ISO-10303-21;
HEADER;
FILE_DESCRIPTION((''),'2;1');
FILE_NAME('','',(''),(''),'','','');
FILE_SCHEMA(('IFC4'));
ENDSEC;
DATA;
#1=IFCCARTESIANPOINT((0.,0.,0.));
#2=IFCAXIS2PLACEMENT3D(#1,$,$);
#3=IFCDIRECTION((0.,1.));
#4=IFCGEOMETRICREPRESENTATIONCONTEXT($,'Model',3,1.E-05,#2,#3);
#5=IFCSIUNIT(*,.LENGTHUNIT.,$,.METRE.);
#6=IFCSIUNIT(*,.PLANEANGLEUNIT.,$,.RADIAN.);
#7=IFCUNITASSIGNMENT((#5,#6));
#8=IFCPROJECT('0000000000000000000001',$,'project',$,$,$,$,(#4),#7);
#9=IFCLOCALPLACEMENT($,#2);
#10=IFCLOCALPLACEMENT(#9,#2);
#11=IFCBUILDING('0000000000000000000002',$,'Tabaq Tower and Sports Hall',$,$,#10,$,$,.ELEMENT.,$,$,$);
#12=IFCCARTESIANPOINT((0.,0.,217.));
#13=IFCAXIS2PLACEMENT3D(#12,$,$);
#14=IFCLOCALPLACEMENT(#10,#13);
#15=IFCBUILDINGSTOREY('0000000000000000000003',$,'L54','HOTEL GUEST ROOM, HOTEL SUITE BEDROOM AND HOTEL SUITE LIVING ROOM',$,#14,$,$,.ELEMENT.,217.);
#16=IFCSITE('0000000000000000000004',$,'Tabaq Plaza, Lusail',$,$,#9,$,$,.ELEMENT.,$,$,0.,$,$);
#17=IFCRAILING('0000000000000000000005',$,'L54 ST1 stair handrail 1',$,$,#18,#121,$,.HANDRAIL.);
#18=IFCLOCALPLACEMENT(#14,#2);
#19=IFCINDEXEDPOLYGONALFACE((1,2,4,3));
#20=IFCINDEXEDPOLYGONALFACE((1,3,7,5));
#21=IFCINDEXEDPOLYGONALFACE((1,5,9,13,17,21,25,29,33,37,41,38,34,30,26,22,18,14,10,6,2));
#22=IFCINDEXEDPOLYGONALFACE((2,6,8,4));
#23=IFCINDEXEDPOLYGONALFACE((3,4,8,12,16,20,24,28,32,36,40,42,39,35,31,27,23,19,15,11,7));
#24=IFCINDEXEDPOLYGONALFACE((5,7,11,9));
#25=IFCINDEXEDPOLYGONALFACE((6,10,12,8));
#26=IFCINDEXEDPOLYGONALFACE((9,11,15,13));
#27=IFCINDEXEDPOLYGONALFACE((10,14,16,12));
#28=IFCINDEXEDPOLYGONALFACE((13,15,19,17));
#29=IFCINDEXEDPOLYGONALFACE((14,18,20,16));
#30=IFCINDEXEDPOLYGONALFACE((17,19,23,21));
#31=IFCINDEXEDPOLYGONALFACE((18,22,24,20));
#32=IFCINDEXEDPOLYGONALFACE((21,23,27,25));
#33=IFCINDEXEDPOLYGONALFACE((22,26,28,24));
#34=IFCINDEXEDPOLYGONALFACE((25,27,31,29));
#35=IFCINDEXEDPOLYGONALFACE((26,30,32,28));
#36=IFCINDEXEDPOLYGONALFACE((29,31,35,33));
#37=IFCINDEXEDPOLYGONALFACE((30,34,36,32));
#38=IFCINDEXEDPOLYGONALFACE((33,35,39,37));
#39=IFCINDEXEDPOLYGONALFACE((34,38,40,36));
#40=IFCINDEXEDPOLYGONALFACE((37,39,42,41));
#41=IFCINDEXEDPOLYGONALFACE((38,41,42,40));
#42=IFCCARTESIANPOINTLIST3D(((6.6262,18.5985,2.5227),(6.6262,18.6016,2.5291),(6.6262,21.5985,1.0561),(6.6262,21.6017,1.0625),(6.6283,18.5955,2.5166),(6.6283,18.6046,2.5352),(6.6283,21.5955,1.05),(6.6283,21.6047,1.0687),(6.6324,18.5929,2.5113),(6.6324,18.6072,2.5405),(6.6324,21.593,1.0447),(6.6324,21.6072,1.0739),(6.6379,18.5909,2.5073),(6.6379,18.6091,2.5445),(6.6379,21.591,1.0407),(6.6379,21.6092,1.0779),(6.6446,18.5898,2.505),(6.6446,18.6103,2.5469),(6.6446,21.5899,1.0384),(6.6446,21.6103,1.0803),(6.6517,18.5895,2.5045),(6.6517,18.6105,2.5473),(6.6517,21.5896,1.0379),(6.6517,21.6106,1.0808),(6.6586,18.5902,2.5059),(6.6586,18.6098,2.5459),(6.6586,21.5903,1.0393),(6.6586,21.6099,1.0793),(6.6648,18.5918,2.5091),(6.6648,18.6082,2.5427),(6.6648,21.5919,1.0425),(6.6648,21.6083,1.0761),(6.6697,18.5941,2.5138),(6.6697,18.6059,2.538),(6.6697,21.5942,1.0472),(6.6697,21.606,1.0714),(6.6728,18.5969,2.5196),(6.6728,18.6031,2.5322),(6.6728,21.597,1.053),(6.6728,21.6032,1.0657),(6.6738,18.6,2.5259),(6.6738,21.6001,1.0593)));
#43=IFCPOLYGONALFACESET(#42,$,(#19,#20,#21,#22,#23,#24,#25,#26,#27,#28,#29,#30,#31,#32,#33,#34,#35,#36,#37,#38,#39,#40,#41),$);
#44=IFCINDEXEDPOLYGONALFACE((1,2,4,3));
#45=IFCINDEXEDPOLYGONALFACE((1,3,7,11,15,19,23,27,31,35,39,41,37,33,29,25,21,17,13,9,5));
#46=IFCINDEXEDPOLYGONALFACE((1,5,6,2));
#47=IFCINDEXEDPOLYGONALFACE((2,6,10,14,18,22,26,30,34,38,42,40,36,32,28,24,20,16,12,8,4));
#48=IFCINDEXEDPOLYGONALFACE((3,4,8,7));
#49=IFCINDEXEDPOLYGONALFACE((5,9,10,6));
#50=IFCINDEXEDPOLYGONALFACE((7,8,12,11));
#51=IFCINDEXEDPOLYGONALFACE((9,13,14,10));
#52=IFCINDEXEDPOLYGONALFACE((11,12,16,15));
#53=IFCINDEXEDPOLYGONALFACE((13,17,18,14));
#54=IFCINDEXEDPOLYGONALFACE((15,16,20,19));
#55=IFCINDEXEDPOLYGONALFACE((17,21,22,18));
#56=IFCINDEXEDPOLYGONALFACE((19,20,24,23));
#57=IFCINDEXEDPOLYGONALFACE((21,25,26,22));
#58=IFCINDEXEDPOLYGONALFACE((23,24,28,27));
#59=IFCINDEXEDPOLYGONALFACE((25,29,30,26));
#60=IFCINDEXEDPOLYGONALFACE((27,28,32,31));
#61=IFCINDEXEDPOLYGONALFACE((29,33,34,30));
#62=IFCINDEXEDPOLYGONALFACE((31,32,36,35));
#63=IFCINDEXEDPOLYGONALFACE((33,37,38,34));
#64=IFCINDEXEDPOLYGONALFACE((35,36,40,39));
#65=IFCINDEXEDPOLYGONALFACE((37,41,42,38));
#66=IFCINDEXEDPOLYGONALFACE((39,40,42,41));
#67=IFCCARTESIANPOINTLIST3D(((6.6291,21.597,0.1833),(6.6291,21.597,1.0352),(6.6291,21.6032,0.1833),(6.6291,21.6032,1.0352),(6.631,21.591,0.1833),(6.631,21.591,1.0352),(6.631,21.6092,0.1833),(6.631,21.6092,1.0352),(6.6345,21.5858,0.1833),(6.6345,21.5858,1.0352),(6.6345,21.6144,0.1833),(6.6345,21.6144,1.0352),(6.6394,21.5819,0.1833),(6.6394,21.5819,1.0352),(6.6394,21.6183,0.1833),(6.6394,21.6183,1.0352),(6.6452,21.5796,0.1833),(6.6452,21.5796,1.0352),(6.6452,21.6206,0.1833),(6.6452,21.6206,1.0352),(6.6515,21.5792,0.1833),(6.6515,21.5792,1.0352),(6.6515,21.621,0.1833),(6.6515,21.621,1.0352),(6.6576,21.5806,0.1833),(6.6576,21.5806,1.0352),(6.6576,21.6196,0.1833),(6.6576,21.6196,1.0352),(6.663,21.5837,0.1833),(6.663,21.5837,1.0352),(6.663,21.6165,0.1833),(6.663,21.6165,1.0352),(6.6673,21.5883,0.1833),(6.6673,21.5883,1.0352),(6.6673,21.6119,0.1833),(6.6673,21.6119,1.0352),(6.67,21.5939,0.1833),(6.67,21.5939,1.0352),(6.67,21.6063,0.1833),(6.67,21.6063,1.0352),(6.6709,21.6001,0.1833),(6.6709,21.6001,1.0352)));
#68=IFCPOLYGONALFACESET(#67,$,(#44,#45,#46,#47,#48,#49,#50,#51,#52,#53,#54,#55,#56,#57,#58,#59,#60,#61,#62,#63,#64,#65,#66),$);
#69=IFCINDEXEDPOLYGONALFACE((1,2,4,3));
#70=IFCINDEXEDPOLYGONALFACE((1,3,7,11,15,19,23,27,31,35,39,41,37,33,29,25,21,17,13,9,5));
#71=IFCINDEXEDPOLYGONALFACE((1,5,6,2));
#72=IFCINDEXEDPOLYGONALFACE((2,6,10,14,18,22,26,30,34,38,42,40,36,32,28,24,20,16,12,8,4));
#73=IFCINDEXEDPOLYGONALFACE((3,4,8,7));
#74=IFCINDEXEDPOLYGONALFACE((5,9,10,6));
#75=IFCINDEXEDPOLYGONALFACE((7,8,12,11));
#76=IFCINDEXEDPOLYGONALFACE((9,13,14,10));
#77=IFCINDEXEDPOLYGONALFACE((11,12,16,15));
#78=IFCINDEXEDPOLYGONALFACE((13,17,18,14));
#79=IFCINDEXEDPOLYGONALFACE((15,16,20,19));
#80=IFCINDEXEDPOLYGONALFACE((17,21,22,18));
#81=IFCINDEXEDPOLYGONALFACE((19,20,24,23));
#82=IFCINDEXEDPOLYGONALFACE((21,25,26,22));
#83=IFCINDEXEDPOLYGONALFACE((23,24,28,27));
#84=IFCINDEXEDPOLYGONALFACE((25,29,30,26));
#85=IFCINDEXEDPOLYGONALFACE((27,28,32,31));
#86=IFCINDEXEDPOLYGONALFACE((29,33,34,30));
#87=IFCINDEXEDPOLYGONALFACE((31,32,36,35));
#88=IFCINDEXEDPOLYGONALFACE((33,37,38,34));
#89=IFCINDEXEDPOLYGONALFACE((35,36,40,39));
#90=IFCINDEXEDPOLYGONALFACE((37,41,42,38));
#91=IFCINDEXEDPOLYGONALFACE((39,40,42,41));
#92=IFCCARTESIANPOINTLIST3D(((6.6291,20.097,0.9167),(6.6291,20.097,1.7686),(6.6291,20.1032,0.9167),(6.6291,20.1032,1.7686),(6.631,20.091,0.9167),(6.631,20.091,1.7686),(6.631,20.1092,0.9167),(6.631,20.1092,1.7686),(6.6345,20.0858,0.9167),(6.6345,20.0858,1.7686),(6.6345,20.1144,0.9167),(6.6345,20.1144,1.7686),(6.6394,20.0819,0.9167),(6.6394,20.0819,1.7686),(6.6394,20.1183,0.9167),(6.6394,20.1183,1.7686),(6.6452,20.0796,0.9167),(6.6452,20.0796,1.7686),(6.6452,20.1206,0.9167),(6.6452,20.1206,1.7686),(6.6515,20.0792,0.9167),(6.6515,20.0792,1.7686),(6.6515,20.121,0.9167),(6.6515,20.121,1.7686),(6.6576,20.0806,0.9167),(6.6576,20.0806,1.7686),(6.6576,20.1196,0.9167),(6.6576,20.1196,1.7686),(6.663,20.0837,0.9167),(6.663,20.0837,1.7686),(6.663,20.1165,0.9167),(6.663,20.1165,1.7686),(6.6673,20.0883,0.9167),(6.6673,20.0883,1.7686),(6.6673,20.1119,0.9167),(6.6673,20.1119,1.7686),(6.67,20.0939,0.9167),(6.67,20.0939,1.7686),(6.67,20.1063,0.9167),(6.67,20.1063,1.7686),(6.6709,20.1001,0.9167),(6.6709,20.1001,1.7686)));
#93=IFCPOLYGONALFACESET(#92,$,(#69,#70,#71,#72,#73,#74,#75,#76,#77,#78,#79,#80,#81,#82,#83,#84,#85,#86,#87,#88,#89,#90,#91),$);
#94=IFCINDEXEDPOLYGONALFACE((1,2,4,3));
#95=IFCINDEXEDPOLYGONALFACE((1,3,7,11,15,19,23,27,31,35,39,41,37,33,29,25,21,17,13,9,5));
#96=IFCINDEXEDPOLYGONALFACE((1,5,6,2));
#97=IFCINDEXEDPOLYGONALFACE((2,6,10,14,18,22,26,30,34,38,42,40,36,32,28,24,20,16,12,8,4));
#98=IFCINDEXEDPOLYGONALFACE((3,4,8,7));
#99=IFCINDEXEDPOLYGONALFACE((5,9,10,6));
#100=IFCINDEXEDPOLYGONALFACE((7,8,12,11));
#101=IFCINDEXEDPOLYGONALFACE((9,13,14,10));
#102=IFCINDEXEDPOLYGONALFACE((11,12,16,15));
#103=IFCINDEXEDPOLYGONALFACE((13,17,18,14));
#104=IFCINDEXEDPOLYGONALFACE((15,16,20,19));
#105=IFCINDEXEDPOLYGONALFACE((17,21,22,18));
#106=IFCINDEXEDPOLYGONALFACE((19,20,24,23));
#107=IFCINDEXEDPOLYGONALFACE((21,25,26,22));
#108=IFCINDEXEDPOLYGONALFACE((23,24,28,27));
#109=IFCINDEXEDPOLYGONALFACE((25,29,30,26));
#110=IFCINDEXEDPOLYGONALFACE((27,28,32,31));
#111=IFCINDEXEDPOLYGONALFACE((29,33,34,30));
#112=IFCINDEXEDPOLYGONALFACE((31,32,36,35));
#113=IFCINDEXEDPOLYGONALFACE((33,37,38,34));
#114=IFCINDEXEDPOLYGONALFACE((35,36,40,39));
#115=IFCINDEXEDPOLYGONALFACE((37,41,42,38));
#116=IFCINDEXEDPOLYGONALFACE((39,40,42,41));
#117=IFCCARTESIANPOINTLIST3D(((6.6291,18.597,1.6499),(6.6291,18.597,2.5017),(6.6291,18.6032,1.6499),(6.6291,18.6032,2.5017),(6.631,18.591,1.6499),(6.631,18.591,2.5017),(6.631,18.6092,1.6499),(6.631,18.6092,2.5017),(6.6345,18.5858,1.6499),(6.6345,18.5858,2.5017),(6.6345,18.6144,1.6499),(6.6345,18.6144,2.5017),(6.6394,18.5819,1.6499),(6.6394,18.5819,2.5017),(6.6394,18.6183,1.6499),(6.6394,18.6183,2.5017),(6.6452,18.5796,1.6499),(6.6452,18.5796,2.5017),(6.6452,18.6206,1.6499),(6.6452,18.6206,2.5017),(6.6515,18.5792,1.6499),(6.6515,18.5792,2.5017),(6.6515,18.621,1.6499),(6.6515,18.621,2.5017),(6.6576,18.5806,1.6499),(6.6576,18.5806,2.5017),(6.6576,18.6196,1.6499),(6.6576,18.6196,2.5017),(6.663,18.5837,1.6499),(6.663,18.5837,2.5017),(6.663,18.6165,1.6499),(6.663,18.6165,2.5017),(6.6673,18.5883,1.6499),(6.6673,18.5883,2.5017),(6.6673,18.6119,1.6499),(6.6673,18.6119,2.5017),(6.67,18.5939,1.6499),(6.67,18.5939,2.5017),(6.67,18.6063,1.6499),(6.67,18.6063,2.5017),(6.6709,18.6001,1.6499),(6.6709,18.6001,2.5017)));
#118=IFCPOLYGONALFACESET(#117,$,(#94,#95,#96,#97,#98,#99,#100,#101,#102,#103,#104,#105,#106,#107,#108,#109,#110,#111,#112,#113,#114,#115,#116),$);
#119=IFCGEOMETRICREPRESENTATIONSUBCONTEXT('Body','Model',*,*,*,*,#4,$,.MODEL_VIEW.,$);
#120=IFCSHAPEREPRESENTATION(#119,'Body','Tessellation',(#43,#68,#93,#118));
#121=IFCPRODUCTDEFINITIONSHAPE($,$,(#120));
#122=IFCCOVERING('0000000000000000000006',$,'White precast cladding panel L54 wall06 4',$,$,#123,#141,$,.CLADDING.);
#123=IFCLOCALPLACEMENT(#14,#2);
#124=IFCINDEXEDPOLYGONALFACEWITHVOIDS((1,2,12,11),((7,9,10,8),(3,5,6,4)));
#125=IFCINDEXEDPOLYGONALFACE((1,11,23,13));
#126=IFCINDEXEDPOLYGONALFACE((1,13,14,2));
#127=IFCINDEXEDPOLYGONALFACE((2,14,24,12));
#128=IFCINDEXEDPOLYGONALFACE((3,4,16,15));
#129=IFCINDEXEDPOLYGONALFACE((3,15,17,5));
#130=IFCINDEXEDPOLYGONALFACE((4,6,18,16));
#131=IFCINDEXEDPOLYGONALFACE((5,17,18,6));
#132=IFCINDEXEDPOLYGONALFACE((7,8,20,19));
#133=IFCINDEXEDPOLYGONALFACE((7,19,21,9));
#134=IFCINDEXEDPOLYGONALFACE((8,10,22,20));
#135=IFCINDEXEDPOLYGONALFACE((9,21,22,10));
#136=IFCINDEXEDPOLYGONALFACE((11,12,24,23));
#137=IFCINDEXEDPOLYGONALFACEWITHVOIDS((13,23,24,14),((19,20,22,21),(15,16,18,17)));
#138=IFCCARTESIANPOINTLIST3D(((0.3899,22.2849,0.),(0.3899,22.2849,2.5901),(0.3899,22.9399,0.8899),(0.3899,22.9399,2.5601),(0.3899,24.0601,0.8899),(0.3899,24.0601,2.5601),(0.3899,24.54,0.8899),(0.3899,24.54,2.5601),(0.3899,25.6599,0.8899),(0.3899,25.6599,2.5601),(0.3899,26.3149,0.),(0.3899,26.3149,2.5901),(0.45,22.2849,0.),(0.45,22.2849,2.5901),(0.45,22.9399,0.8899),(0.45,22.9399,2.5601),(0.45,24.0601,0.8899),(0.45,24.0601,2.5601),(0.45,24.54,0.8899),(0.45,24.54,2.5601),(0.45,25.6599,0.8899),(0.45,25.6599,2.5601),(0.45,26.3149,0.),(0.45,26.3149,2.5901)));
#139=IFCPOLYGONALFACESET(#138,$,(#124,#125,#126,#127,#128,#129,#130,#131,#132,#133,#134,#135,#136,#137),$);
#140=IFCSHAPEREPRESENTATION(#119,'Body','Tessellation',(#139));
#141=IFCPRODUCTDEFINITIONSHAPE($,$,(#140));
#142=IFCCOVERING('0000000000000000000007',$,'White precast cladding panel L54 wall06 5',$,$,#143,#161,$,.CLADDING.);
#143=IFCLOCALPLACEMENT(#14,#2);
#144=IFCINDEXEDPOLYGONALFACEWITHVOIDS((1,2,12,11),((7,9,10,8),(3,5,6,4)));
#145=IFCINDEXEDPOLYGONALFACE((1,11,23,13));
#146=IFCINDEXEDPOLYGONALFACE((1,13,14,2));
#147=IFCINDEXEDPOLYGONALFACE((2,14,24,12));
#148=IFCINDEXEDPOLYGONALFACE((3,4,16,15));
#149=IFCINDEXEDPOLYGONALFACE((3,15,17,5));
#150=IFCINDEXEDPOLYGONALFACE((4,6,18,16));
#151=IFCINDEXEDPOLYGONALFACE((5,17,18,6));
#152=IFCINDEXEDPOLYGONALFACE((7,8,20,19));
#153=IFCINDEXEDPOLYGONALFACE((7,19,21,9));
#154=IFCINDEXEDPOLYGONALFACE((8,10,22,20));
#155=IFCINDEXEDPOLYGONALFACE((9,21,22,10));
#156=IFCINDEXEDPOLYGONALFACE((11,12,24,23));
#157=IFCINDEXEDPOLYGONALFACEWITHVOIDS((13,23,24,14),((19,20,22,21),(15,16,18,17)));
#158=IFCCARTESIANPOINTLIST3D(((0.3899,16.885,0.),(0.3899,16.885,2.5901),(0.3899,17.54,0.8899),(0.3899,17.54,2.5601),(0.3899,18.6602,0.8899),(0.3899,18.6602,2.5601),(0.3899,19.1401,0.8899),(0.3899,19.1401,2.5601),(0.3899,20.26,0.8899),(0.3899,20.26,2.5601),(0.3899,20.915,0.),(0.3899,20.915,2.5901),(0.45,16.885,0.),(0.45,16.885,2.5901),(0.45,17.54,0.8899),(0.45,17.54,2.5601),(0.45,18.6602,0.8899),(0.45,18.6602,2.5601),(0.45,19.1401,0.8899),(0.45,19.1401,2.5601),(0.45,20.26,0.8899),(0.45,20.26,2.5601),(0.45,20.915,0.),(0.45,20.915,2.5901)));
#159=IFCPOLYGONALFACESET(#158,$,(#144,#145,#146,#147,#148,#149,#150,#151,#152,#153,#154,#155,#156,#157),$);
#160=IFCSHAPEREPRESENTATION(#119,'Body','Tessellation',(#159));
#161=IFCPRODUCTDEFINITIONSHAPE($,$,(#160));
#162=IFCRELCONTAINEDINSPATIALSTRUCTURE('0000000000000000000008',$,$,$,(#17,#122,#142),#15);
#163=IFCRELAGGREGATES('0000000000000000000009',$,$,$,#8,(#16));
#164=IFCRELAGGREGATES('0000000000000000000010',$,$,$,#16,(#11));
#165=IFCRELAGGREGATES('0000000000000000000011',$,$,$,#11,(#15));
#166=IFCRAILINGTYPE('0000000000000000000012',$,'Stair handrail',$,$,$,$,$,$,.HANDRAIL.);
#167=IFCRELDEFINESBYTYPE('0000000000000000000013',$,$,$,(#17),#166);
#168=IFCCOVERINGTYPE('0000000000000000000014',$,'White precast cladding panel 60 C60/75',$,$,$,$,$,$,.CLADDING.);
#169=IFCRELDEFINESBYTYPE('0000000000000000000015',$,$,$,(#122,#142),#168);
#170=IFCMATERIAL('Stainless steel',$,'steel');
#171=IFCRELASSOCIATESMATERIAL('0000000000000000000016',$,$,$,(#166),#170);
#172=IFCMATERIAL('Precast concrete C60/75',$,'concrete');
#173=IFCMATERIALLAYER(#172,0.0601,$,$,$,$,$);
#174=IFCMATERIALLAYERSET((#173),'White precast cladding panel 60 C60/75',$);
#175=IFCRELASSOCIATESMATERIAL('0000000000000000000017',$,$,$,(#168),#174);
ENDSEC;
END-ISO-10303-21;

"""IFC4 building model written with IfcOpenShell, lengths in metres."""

from ifc_helpers import new_model, si_unit, direction, frame, origin, origin_2d, place, context, subcontext, project, spatial, polyline, circle, outline, extrude, material, layer, layer_set, type_object, element, save


model = new_model("IFC4")

# Units and contexts
model_context = context("Model", 3, precision=1e-05, world=origin(), true_north=direction((0.0, 1.0)))
body_context = subcontext(model_context, "Body", "Model", "MODEL_VIEW")
ifc_project = project(units=[si_unit("LENGTHUNIT", "METRE"), si_unit("PLANEANGLEUNIT", "RADIAN")], contexts=[model_context])

# Site, building, storey
site_placement = place(None, origin())
site = spatial("IfcSite", under=ifc_project, at=site_placement, Name="Tabaq Plaza, Lusail", CompositionType="ELEMENT", RefElevation=0.0)
building_placement = place(site_placement, origin())
building = spatial("IfcBuilding", under=site, at=building_placement, Name="Tabaq Tower and Sports Hall", CompositionType="ELEMENT")
storey_placement = place(building_placement, frame((0.0, 0.0, 217.0)))
storey = spatial("IfcBuildingStorey", under=building, at=storey_placement, Name="L54", Description="HOTEL GUEST ROOM, HOTEL SUITE BEDROOM AND HOTEL SUITE LIVING ROOM", CompositionType="ELEMENT", Elevation=217.0)

# Railing
ifc_material_1 = material(Name="Stainless steel", Category="steel")
railing_type_1 = type_object("IfcRailingType", Name="Stair handrail", PredefinedType="HANDRAIL", material=ifc_material_1)
railing_1_placement = place(storey_placement, frame((6.6499, 21.6001, 0.1833)))
element("IfcRailing", 1, at=railing_1_placement, inside=storey, type_object=railing_type_1, Name="L54 ST1 stair handrail 1", PredefinedType="HANDRAIL", context=body_context, shape_type="SweptSolid", body=[
    extrude(circle(Radius=0.0239, at=origin_2d()), frame((0.0, 0.0, 0.876), z_axis=(0.0, -0.898398, 0.439183), x_axis=(1.0, 0.0, 0.0)), (0.0, 0.0, 1.0), 3.3394),
    extrude(circle(Radius=0.021, at=origin_2d()), origin(), (0.0, 0.0, 1.0), 0.8518),
    extrude(circle(Radius=0.021, at=origin_2d()), frame((0.0, -1.5, 0.7334)), (0.0, 0.0, 1.0), 0.8518),
    extrude(circle(Radius=0.021, at=origin_2d()), frame((0.0, -3.0, 1.4666)), (0.0, 0.0, 1.0), 0.8518),
])

# Coverings
ifc_material_2 = material(Name="Precast concrete C60/75", Category="concrete")
ifc_layer_1 = layer(ifc_material_2, 0.0601)
ifc_layer_set_1 = layer_set([ifc_layer_1], Name="White precast cladding panel 60 C60/75")
covering_type_1 = type_object("IfcCoveringType", Name="White precast cladding panel 60 C60/75", PredefinedType="CLADDING", material=ifc_layer_set_1)
for number, where, z_axis, x_axis, name in (
    (2, (0.4199, 26.3149, 0.0), (0.0, 0.0, 1.0), (0.0, -1.0, 0.0), "White precast cladding panel L54 wall06 4"),
    (3, (0.4199, 20.915, 0.0), (0.0, 0.0, 1.0), (0.0, -1.0, 0.0), "White precast cladding panel L54 wall06 5"),
):
    element("IfcCovering", number, at=place(storey_placement, frame(where, z_axis=z_axis, x_axis=x_axis)), inside=storey, type_object=covering_type_1, Name=name, PredefinedType="CLADDING", context=body_context, shape_type="SweptSolid", body=[
        extrude(outline(polyline([(0.0, 0.0), (4.03, 0.0), (4.03, 2.5901), (0.0, 2.5901), (0.0, 0.0)]), holes=[polyline([(0.655, 0.8899), (0.655, 2.5601), (1.7749, 2.5601), (1.7749, 0.8899), (0.655, 0.8899)]), polyline([(2.2549, 0.8899), (2.2549, 2.5601), (3.375, 2.5601), (3.375, 0.8899), (2.2549, 0.8899)])]), frame((0.0, 0.03, 0.0), z_axis=(0.0, -1.0, 0.0), x_axis=(1.0, 0.0, 0.0)), (0.0, 0.0, 1.0), 0.0601),
    ])

save(model, "model.ifc")
